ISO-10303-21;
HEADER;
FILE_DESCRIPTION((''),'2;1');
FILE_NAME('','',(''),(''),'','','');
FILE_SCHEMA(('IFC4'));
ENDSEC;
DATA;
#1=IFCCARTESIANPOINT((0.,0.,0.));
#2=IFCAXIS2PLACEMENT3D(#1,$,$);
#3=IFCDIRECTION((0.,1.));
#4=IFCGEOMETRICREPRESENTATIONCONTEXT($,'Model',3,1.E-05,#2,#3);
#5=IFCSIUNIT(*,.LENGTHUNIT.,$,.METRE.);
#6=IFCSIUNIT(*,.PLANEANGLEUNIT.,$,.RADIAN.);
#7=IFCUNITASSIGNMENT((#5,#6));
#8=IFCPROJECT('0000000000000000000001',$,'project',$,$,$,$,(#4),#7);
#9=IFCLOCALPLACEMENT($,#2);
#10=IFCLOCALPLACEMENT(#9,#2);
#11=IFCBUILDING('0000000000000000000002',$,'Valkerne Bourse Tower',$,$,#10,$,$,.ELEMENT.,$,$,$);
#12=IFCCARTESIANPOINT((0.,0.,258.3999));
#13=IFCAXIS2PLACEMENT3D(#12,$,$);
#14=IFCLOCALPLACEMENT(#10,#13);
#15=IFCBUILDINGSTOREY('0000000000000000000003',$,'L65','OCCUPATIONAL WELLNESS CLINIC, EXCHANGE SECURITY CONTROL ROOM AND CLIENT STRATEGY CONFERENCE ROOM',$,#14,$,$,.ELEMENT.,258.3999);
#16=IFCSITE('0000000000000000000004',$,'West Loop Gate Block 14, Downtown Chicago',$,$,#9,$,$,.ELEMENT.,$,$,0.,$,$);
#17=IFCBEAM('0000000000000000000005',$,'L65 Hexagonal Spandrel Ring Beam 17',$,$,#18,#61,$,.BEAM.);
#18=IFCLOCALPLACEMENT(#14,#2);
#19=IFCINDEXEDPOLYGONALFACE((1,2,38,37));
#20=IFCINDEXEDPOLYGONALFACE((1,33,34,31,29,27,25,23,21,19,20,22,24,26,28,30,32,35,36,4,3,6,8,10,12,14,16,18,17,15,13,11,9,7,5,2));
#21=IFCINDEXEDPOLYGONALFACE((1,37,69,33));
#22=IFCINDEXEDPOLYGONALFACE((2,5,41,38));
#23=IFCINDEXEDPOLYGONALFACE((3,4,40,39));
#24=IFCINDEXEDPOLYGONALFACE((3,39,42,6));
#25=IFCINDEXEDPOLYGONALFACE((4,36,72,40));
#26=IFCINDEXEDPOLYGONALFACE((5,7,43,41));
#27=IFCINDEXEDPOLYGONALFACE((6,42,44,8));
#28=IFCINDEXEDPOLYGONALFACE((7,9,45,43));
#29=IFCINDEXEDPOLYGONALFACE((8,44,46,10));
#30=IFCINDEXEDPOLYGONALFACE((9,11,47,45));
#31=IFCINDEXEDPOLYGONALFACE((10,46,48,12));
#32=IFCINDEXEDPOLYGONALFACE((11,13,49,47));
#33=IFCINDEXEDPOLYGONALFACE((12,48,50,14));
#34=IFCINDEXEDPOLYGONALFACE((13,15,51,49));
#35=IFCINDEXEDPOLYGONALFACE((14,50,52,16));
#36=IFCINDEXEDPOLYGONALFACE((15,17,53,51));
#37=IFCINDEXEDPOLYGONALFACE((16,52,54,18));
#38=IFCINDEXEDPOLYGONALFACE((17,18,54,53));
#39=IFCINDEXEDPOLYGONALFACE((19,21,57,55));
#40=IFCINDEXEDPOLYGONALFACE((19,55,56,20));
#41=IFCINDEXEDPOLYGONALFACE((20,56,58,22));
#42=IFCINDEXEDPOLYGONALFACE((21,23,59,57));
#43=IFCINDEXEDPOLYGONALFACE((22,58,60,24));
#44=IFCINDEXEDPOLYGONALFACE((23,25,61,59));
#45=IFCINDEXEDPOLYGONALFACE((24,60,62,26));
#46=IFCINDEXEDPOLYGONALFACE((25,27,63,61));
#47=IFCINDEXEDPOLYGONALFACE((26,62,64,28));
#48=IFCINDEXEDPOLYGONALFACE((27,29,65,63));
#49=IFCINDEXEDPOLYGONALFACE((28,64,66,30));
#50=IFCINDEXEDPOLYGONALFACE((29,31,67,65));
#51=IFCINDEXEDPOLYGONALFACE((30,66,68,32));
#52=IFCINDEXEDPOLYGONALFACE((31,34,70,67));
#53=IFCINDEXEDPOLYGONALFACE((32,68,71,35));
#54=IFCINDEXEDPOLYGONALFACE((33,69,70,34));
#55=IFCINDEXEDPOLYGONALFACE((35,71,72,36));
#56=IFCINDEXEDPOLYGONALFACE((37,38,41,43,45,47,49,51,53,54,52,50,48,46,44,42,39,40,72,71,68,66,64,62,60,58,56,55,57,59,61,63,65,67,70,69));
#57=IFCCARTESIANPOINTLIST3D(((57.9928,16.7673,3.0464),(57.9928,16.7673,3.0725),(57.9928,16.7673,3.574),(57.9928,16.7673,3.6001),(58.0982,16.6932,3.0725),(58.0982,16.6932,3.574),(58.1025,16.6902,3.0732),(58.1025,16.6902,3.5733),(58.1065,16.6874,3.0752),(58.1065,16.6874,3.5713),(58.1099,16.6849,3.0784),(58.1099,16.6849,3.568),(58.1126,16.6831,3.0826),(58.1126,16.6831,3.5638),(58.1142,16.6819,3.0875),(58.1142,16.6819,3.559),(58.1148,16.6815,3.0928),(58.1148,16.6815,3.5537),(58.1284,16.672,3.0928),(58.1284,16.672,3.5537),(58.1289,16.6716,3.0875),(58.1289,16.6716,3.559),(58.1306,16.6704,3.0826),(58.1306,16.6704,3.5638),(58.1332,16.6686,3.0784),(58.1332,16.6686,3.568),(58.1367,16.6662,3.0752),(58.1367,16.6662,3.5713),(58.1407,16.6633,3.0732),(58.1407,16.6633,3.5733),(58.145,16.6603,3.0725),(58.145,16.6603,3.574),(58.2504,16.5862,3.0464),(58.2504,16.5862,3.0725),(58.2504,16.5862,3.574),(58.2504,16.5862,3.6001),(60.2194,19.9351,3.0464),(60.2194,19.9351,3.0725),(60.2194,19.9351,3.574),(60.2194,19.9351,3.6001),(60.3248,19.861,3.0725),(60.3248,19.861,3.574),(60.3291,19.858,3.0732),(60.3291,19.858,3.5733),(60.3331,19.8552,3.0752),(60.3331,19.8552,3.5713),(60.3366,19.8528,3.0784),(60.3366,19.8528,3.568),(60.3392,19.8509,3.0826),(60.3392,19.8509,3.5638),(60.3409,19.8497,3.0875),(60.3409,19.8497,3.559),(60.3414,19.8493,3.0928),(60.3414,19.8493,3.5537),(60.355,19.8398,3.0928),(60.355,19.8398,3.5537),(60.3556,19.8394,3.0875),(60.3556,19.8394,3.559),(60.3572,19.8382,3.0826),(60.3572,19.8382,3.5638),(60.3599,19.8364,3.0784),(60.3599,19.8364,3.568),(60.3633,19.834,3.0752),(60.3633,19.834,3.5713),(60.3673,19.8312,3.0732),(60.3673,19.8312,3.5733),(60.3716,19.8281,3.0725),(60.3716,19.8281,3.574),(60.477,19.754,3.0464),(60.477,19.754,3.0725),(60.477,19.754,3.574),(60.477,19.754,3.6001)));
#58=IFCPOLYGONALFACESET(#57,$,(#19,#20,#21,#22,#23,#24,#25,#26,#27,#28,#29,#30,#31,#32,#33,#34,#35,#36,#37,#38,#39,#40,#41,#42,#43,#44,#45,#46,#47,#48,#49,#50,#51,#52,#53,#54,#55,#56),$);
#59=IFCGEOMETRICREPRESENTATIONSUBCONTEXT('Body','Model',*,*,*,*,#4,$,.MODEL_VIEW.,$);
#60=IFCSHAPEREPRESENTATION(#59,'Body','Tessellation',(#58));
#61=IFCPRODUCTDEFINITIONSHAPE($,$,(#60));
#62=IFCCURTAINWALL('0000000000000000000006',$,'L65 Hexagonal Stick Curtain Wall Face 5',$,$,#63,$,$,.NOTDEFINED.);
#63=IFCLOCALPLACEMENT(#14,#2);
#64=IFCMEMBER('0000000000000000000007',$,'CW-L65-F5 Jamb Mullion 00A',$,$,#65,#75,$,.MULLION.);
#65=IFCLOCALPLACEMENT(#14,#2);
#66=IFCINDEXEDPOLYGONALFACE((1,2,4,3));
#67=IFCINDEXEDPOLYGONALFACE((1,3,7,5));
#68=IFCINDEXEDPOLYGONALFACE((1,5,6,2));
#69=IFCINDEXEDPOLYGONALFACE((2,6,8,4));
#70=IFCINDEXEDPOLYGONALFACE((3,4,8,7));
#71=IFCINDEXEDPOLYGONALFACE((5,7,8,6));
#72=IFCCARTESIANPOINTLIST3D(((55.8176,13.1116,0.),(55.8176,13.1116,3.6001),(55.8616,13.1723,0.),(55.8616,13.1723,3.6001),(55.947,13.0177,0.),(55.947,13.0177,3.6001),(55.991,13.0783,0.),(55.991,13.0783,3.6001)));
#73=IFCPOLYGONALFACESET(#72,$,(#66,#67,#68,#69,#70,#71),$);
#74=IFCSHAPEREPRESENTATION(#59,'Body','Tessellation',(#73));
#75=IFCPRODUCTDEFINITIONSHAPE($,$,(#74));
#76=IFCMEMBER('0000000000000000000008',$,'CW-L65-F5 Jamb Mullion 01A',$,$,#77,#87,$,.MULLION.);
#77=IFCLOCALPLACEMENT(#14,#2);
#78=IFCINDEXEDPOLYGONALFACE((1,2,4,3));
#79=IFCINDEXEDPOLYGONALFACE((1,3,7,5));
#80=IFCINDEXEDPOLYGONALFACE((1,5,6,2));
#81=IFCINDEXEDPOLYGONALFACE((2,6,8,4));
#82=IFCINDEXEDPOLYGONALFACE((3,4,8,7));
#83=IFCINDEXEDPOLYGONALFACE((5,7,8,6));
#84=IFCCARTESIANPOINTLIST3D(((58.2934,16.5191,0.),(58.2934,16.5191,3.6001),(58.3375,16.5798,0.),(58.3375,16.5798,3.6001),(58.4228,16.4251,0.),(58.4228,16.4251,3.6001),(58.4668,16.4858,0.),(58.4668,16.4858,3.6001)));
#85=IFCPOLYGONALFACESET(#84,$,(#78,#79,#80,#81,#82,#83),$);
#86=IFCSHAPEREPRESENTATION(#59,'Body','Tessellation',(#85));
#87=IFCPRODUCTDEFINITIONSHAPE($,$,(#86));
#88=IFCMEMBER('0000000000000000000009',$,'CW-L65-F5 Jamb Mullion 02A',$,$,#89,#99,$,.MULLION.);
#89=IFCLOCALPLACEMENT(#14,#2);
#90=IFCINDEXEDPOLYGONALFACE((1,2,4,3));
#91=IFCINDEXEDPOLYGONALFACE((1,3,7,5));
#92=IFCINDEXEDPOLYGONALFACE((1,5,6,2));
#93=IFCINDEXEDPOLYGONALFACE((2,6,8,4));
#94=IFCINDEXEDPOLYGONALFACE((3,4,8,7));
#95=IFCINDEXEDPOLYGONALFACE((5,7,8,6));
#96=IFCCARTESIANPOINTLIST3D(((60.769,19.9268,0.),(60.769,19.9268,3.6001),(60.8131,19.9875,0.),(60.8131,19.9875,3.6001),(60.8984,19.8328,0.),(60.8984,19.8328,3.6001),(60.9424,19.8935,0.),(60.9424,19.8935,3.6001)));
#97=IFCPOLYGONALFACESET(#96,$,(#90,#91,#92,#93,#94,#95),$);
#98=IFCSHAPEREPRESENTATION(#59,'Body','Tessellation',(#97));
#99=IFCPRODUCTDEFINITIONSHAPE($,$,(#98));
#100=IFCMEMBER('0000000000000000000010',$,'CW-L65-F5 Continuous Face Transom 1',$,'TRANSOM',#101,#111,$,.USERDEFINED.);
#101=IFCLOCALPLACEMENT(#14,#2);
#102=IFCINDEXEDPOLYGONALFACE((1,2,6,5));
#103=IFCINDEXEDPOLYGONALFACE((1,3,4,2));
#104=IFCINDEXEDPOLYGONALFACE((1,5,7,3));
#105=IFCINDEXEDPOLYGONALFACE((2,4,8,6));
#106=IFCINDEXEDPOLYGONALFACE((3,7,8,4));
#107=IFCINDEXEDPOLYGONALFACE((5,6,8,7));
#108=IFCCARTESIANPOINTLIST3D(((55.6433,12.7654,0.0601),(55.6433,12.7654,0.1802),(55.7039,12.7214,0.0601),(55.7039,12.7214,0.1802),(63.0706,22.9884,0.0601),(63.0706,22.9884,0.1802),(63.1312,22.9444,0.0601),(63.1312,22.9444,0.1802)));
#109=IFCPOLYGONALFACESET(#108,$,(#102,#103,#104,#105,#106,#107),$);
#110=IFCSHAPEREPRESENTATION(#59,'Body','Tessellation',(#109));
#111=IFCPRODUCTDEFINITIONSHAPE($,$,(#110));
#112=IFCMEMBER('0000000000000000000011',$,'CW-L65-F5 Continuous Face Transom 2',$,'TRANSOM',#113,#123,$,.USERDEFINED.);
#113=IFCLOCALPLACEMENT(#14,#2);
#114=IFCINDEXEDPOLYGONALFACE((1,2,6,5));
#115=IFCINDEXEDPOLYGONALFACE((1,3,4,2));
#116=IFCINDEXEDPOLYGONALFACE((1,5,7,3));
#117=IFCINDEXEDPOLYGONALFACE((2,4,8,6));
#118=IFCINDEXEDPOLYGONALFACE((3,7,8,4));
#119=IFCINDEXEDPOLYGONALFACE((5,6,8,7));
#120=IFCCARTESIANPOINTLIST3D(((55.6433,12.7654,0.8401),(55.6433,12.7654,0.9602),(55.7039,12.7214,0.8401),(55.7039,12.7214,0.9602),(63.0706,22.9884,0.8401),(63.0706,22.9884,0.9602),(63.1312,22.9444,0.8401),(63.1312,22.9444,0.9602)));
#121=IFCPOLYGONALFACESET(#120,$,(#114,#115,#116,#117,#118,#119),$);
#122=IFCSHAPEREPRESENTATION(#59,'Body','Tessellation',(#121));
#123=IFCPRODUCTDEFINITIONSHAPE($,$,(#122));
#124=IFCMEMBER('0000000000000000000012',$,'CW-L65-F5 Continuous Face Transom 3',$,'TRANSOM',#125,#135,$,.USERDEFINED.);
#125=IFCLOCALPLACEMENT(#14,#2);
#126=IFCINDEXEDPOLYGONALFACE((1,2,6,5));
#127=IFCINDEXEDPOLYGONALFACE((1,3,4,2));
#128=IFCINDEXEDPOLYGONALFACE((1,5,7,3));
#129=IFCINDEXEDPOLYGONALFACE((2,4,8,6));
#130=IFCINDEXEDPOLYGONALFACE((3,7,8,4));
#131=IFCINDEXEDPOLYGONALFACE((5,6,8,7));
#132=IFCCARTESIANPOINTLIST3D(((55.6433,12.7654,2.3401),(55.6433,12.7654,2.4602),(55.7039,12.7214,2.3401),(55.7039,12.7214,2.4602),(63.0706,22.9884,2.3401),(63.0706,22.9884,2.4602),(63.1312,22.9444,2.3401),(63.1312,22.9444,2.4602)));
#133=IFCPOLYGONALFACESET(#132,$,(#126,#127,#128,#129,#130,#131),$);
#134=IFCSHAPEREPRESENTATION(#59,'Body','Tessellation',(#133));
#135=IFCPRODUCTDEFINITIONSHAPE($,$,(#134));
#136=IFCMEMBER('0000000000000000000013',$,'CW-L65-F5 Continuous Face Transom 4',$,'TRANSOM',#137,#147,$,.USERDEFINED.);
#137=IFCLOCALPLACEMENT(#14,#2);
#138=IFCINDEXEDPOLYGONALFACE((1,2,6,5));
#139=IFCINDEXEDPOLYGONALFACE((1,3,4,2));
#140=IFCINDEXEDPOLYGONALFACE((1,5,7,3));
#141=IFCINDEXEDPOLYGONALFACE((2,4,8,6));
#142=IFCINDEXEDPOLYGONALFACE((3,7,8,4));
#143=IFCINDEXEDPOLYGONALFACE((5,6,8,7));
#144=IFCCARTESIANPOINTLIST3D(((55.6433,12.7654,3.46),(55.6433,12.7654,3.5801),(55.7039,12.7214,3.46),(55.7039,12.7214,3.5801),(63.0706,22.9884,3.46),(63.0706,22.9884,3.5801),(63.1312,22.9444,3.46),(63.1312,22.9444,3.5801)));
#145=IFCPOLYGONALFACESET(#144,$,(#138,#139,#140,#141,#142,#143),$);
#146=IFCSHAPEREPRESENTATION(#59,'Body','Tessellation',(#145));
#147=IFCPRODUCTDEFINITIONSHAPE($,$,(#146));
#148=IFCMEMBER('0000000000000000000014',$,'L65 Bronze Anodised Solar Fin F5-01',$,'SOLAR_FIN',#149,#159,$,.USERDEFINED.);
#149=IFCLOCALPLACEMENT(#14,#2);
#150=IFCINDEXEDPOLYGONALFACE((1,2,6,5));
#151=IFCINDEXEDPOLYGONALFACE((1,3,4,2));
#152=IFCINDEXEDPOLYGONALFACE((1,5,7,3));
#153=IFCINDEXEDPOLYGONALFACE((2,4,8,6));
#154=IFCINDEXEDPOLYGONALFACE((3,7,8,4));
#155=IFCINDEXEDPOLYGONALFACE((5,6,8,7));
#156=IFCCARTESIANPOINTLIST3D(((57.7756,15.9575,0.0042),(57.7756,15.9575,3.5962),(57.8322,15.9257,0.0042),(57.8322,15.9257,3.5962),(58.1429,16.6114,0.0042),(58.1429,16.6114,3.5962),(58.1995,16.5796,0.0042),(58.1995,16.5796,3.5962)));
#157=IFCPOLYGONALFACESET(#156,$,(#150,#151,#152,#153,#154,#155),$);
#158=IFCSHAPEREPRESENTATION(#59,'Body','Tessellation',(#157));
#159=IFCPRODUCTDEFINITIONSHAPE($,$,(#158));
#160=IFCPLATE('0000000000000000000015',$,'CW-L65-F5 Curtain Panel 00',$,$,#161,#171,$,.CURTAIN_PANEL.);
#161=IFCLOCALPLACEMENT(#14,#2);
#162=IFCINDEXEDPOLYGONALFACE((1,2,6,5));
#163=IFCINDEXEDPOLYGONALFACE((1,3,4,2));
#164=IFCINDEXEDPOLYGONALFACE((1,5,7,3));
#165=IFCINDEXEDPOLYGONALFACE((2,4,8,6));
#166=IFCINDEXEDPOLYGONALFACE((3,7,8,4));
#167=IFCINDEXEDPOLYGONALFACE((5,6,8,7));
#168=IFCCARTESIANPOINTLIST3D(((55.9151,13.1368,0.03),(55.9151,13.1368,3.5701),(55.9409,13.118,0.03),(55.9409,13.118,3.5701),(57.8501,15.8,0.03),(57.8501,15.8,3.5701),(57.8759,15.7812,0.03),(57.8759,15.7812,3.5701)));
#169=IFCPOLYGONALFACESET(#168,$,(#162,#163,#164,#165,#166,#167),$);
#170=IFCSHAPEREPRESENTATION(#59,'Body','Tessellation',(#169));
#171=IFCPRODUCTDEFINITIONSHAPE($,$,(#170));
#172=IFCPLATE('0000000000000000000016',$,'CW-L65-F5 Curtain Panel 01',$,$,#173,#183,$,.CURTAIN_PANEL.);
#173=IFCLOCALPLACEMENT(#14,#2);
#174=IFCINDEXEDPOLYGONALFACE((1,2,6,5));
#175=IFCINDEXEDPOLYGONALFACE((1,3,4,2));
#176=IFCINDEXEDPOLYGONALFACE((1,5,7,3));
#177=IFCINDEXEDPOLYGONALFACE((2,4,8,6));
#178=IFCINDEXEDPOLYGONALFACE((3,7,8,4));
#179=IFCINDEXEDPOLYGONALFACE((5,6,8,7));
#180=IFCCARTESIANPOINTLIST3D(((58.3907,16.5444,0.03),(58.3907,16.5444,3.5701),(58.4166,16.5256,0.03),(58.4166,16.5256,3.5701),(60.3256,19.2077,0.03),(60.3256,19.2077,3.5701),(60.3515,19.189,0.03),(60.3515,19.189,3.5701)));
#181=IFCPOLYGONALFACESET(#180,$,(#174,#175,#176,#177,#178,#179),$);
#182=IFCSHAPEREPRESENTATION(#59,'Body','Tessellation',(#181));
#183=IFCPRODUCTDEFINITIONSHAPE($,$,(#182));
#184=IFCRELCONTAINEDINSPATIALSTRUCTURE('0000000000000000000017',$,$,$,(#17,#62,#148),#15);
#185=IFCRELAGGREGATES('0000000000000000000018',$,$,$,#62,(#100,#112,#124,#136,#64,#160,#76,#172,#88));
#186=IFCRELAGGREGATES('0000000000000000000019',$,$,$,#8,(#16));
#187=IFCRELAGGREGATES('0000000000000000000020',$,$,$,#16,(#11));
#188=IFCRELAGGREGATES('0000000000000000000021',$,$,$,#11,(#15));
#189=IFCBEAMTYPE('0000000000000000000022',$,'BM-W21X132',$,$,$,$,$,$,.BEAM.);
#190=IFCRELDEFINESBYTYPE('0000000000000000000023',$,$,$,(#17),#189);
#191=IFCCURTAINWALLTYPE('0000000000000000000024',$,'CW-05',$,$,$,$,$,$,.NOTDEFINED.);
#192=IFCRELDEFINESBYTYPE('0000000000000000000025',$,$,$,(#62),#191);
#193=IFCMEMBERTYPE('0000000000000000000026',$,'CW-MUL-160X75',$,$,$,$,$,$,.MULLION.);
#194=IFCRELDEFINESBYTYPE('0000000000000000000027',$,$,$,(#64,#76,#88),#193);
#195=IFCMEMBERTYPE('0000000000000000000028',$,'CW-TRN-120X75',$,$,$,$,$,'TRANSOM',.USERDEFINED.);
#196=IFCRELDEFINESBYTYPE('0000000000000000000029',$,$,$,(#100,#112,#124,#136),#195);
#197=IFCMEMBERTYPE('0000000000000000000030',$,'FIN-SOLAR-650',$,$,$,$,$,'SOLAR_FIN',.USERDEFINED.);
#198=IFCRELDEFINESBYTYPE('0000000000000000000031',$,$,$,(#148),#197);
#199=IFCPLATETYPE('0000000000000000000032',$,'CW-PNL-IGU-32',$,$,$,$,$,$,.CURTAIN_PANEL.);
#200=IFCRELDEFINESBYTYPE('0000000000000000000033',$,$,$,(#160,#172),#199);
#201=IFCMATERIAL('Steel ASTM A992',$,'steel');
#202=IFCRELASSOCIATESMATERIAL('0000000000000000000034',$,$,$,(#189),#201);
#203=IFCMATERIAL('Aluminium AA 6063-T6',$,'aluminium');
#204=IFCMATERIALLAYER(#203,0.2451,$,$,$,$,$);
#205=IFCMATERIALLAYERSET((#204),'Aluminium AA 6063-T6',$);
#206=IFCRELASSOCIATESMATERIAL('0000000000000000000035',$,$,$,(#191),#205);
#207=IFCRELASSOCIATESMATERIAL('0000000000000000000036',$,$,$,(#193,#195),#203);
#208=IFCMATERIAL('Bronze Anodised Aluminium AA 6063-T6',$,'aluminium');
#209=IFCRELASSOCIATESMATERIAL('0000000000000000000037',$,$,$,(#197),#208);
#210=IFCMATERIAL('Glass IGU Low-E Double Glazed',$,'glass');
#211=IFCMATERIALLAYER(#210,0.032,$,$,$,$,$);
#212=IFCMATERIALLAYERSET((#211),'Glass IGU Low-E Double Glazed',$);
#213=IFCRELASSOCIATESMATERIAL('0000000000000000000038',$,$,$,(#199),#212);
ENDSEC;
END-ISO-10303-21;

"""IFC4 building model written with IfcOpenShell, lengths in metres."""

from ifc_helpers import new_model, si_unit, direction, frame, origin, origin_2d, place, context, subcontext, project, spatial, rectangle, i_section, extrude, material, layer, layer_set, material_profile, profile_set, type_object, element, aggregate, save


model = new_model("IFC4")

# Units and contexts
model_context = context("Model", 3, precision=1e-05, world=origin(), true_north=direction((0.0, 1.0)))
body_context = subcontext(model_context, "Body", "Model", "MODEL_VIEW")
ifc_project = project(units=[si_unit("LENGTHUNIT", "METRE"), si_unit("PLANEANGLEUNIT", "RADIAN")], contexts=[model_context])

# Site, building, storey
site_placement = place(None, origin())
site = spatial("IfcSite", under=ifc_project, at=site_placement, Name="West Loop Gate Block 14, Downtown Chicago", CompositionType="ELEMENT", RefElevation=0.0)
building_placement = place(site_placement, origin())
building = spatial("IfcBuilding", under=site, at=building_placement, Name="Valkerne Bourse Tower", CompositionType="ELEMENT")
storey_placement = place(building_placement, frame((0.0, 0.0, 258.3999)))
storey = spatial("IfcBuildingStorey", under=building, at=storey_placement, Name="L65", Description="OCCUPATIONAL WELLNESS CLINIC, EXCHANGE SECURITY CONTROL ROOM AND CLIENT STRATEGY CONFERENCE ROOM", CompositionType="ELEMENT", Elevation=258.3999)

# Beam
ifc_material_1 = material(Name="Steel ASTM A992", Category="steel")
ifc_material_profile_1 = material_profile(ifc_material_1, i_section(OverallWidth=0.3149, OverallDepth=0.5537, WebThickness=0.0166, FlangeThickness=0.0261, FilletRadius=0.0203, at=origin_2d()), Name="W21X132")
ifc_profile_set_1 = profile_set([ifc_material_profile_1], Name="Steel ASTM A992")
beam_type = type_object("IfcBeamType", Name="BM-W21X132", PredefinedType="BEAM", material=ifc_profile_set_1)
beam_1_placement = place(storey_placement, frame((58.1216, 16.6768, 3.3232), z_axis=(0.575048, 0.81812, 0.0), x_axis=(-0.81812, 0.575048, 0.0)))
element("IfcBeam", 1, at=beam_1_placement, inside=storey, type_object=beam_type, Name="L65 Hexagonal Spandrel Ring Beam 17", PredefinedType="BEAM", context=body_context, shape_type="SweptSolid", body=[
    extrude(i_section(OverallWidth=0.3149, OverallDepth=0.5537, WebThickness=0.0166, FlangeThickness=0.0261, FilletRadius=0.0203, at=origin_2d()), origin(), (0.0, 0.0, 1.0), 3.8721),
])

# Curtain wall, members
ifc_material_2 = material(Name="Aluminium AA 6063-T6", Category="aluminium")
ifc_layer_1 = layer(ifc_material_2, 0.2451)
ifc_layer_set_1 = layer_set([ifc_layer_1], Name="Aluminium AA 6063-T6")
curtain_wall_type = type_object("IfcCurtainWallType", Name="CW-05", PredefinedType="NOTDEFINED", material=ifc_layer_set_1)
curtain_wall_placement = place(storey_placement, origin())
curtain_wall = element("IfcCurtainWall", 2, at=curtain_wall_placement, inside=storey, type_object=curtain_wall_type, Name="L65 Hexagonal Stick Curtain Wall Face 5", PredefinedType="NOTDEFINED")
ifc_material_profile_2 = material_profile(ifc_material_2, rectangle(XDim=0.075, YDim=0.1599, at=origin_2d()), Name="CWM-75X160")
ifc_profile_set_2 = profile_set([ifc_material_profile_2], Name="Aluminium AA 6063-T6")
member_type_1 = type_object("IfcMemberType", Name="CW-MUL-160X75", PredefinedType="MULLION", material=ifc_profile_set_2)
member_1_placement = place(storey_placement, frame((55.9043, 13.095, 0.0), z_axis=(0.0, 0.0, 1.0), x_axis=(0.58779, 0.809013, 0.0)))
member_1 = element("IfcMember", 3, at=member_1_placement, type_object=member_type_1, Name="CW-L65-F5 Jamb Mullion 00A", PredefinedType="MULLION", context=body_context, shape_type="SweptSolid", body=[
    extrude(rectangle(XDim=0.075, YDim=0.1599, at=origin_2d()), origin(), (0.0, 0.0, 1.0), 3.6001),
])
member_2_placement = place(storey_placement, frame((58.3801, 16.5024, 0.0), z_axis=(0.0, 0.0, 1.0), x_axis=(0.587775, 0.809024, 0.0)))
member_2 = element("IfcMember", 4, at=member_2_placement, type_object=member_type_1, Name="CW-L65-F5 Jamb Mullion 01A", PredefinedType="MULLION", context=body_context, shape_type="SweptSolid", body=[
    extrude(rectangle(XDim=0.075, YDim=0.1599, at=origin_2d()), origin(), (0.0, 0.0, 1.0), 3.6001),
])
member_3_placement = place(storey_placement, frame((60.8557, 19.9102, 0.0), z_axis=(0.0, 0.0, 1.0), x_axis=(0.58779, 0.809013, 0.0)))
member_3 = element("IfcMember", 5, at=member_3_placement, type_object=member_type_1, Name="CW-L65-F5 Jamb Mullion 02A", PredefinedType="MULLION", context=body_context, shape_type="SweptSolid", body=[
    extrude(rectangle(XDim=0.075, YDim=0.1599, at=origin_2d()), origin(), (0.0, 0.0, 1.0), 3.6001),
])
ifc_material_profile_3 = material_profile(ifc_material_2, rectangle(XDim=0.075, YDim=0.1201, at=origin_2d()), Name="CWT-75X120")
ifc_profile_set_3 = profile_set([ifc_material_profile_3], Name="Aluminium AA 6063-T6")
member_type_2 = type_object("IfcMemberType", Name="CW-TRN-120X75", ElementType="TRANSOM", PredefinedType="USERDEFINED", material=ifc_profile_set_3)
member_4_placement = place(storey_placement, frame((55.6736, 12.7434, 0.1201), z_axis=(0.587779, 0.809022, 0.0), x_axis=(-0.809022, 0.587779, 0.0)))
member_4 = element("IfcMember", 6, at=member_4_placement, type_object=member_type_2, Name="CW-L65-F5 Continuous Face Transom 1", ObjectType="TRANSOM", PredefinedType="USERDEFINED", context=body_context, shape_type="SweptSolid", body=[
    extrude(rectangle(XDim=0.075, YDim=0.1201, at=origin_2d()), origin(), (0.0, 0.0, 1.0), 12.6362),
])
member_5_placement = place(storey_placement, frame((55.6736, 12.7434, 0.9001), z_axis=(0.587779, 0.809022, 0.0), x_axis=(-0.809022, 0.587779, 0.0)))
member_5 = element("IfcMember", 7, at=member_5_placement, type_object=member_type_2, Name="CW-L65-F5 Continuous Face Transom 2", ObjectType="TRANSOM", PredefinedType="USERDEFINED", context=body_context, shape_type="SweptSolid", body=[
    extrude(rectangle(XDim=0.075, YDim=0.1201, at=origin_2d()), origin(), (0.0, 0.0, 1.0), 12.6362),
])
member_6_placement = place(storey_placement, frame((55.6736, 12.7434, 2.4001), z_axis=(0.587779, 0.809022, 0.0), x_axis=(-0.809022, 0.587779, 0.0)))
member_6 = element("IfcMember", 8, at=member_6_placement, type_object=member_type_2, Name="CW-L65-F5 Continuous Face Transom 3", ObjectType="TRANSOM", PredefinedType="USERDEFINED", context=body_context, shape_type="SweptSolid", body=[
    extrude(rectangle(XDim=0.075, YDim=0.1201, at=origin_2d()), origin(), (0.0, 0.0, 1.0), 12.6362),
])
member_7_placement = place(storey_placement, frame((55.6736, 12.7434, 3.52), z_axis=(0.587779, 0.809022, 0.0), x_axis=(-0.809022, 0.587779, 0.0)))
member_7 = element("IfcMember", 9, at=member_7_placement, type_object=member_type_2, Name="CW-L65-F5 Continuous Face Transom 4", ObjectType="TRANSOM", PredefinedType="USERDEFINED", context=body_context, shape_type="SweptSolid", body=[
    extrude(rectangle(XDim=0.075, YDim=0.1201, at=origin_2d()), origin(), (0.0, 0.0, 1.0), 12.6362),
])

# Member
ifc_material_3 = material(Name="Bronze Anodised Aluminium AA 6063-T6", Category="aluminium")
ifc_material_profile_4 = material_profile(ifc_material_3, rectangle(XDim=0.0649, YDim=0.75, at=origin_2d()), Name="FIN-65X750")
ifc_profile_set_4 = profile_set([ifc_material_profile_4], Name="Bronze Anodised Aluminium AA 6063-T6")
member_type_3 = type_object("IfcMemberType", Name="FIN-SOLAR-650", ElementType="SOLAR_FIN", PredefinedType="USERDEFINED", material=ifc_profile_set_4)
member_8_placement = place(storey_placement, frame((57.9875, 16.2686, 0.0042), z_axis=(0.0, 0.0, 1.0), x_axis=(0.871905, -0.489675, 0.0)))
element("IfcMember", 10, at=member_8_placement, inside=storey, type_object=member_type_3, Name="L65 Bronze Anodised Solar Fin F5-01", ObjectType="SOLAR_FIN", PredefinedType="USERDEFINED", context=body_context, shape_type="SweptSolid", body=[
    extrude(rectangle(XDim=0.0649, YDim=0.75, at=origin_2d()), origin(), (0.0, 0.0, 1.0), 3.592),
])

# Plates
ifc_material_4 = material(Name="Glass IGU Low-E Double Glazed", Category="glass")
ifc_layer_2 = layer(ifc_material_4, 0.032)
ifc_layer_set_2 = layer_set([ifc_layer_2], Name="Glass IGU Low-E Double Glazed")
plate_type = type_object("IfcPlateType", Name="CW-PNL-IGU-32", PredefinedType="CURTAIN_PANEL", material=ifc_layer_set_2)
plate_1_placement = place(storey_placement, frame((56.8955, 14.459, 0.03), z_axis=(0.0, 0.0, 1.0), x_axis=(0.58779, 0.809013, 0.0)))
plate_1 = element("IfcPlate", 11, at=plate_1_placement, type_object=plate_type, Name="CW-L65-F5 Curtain Panel 00", PredefinedType="CURTAIN_PANEL", context=body_context, shape_type="SweptSolid", body=[
    extrude(rectangle(XDim=3.292, YDim=0.032, at=origin_2d()), origin(), (0.0, 0.0, 1.0), 3.54),
])
plate_2_placement = place(storey_placement, frame((59.3711, 17.8667, 0.03), z_axis=(0.0, 0.0, 1.0), x_axis=(0.587775, 0.809024, 0.0)))
plate_2 = element("IfcPlate", 12, at=plate_2_placement, type_object=plate_type, Name="CW-L65-F5 Curtain Panel 01", PredefinedType="CURTAIN_PANEL", context=body_context, shape_type="SweptSolid", body=[
    extrude(rectangle(XDim=3.292, YDim=0.032, at=origin_2d()), origin(), (0.0, 0.0, 1.0), 3.54),
])
aggregate(curtain_wall, [member_4, member_5, member_6, member_7, member_1, plate_1, member_2, plate_2, member_3])

save(model, "model.ifc")
